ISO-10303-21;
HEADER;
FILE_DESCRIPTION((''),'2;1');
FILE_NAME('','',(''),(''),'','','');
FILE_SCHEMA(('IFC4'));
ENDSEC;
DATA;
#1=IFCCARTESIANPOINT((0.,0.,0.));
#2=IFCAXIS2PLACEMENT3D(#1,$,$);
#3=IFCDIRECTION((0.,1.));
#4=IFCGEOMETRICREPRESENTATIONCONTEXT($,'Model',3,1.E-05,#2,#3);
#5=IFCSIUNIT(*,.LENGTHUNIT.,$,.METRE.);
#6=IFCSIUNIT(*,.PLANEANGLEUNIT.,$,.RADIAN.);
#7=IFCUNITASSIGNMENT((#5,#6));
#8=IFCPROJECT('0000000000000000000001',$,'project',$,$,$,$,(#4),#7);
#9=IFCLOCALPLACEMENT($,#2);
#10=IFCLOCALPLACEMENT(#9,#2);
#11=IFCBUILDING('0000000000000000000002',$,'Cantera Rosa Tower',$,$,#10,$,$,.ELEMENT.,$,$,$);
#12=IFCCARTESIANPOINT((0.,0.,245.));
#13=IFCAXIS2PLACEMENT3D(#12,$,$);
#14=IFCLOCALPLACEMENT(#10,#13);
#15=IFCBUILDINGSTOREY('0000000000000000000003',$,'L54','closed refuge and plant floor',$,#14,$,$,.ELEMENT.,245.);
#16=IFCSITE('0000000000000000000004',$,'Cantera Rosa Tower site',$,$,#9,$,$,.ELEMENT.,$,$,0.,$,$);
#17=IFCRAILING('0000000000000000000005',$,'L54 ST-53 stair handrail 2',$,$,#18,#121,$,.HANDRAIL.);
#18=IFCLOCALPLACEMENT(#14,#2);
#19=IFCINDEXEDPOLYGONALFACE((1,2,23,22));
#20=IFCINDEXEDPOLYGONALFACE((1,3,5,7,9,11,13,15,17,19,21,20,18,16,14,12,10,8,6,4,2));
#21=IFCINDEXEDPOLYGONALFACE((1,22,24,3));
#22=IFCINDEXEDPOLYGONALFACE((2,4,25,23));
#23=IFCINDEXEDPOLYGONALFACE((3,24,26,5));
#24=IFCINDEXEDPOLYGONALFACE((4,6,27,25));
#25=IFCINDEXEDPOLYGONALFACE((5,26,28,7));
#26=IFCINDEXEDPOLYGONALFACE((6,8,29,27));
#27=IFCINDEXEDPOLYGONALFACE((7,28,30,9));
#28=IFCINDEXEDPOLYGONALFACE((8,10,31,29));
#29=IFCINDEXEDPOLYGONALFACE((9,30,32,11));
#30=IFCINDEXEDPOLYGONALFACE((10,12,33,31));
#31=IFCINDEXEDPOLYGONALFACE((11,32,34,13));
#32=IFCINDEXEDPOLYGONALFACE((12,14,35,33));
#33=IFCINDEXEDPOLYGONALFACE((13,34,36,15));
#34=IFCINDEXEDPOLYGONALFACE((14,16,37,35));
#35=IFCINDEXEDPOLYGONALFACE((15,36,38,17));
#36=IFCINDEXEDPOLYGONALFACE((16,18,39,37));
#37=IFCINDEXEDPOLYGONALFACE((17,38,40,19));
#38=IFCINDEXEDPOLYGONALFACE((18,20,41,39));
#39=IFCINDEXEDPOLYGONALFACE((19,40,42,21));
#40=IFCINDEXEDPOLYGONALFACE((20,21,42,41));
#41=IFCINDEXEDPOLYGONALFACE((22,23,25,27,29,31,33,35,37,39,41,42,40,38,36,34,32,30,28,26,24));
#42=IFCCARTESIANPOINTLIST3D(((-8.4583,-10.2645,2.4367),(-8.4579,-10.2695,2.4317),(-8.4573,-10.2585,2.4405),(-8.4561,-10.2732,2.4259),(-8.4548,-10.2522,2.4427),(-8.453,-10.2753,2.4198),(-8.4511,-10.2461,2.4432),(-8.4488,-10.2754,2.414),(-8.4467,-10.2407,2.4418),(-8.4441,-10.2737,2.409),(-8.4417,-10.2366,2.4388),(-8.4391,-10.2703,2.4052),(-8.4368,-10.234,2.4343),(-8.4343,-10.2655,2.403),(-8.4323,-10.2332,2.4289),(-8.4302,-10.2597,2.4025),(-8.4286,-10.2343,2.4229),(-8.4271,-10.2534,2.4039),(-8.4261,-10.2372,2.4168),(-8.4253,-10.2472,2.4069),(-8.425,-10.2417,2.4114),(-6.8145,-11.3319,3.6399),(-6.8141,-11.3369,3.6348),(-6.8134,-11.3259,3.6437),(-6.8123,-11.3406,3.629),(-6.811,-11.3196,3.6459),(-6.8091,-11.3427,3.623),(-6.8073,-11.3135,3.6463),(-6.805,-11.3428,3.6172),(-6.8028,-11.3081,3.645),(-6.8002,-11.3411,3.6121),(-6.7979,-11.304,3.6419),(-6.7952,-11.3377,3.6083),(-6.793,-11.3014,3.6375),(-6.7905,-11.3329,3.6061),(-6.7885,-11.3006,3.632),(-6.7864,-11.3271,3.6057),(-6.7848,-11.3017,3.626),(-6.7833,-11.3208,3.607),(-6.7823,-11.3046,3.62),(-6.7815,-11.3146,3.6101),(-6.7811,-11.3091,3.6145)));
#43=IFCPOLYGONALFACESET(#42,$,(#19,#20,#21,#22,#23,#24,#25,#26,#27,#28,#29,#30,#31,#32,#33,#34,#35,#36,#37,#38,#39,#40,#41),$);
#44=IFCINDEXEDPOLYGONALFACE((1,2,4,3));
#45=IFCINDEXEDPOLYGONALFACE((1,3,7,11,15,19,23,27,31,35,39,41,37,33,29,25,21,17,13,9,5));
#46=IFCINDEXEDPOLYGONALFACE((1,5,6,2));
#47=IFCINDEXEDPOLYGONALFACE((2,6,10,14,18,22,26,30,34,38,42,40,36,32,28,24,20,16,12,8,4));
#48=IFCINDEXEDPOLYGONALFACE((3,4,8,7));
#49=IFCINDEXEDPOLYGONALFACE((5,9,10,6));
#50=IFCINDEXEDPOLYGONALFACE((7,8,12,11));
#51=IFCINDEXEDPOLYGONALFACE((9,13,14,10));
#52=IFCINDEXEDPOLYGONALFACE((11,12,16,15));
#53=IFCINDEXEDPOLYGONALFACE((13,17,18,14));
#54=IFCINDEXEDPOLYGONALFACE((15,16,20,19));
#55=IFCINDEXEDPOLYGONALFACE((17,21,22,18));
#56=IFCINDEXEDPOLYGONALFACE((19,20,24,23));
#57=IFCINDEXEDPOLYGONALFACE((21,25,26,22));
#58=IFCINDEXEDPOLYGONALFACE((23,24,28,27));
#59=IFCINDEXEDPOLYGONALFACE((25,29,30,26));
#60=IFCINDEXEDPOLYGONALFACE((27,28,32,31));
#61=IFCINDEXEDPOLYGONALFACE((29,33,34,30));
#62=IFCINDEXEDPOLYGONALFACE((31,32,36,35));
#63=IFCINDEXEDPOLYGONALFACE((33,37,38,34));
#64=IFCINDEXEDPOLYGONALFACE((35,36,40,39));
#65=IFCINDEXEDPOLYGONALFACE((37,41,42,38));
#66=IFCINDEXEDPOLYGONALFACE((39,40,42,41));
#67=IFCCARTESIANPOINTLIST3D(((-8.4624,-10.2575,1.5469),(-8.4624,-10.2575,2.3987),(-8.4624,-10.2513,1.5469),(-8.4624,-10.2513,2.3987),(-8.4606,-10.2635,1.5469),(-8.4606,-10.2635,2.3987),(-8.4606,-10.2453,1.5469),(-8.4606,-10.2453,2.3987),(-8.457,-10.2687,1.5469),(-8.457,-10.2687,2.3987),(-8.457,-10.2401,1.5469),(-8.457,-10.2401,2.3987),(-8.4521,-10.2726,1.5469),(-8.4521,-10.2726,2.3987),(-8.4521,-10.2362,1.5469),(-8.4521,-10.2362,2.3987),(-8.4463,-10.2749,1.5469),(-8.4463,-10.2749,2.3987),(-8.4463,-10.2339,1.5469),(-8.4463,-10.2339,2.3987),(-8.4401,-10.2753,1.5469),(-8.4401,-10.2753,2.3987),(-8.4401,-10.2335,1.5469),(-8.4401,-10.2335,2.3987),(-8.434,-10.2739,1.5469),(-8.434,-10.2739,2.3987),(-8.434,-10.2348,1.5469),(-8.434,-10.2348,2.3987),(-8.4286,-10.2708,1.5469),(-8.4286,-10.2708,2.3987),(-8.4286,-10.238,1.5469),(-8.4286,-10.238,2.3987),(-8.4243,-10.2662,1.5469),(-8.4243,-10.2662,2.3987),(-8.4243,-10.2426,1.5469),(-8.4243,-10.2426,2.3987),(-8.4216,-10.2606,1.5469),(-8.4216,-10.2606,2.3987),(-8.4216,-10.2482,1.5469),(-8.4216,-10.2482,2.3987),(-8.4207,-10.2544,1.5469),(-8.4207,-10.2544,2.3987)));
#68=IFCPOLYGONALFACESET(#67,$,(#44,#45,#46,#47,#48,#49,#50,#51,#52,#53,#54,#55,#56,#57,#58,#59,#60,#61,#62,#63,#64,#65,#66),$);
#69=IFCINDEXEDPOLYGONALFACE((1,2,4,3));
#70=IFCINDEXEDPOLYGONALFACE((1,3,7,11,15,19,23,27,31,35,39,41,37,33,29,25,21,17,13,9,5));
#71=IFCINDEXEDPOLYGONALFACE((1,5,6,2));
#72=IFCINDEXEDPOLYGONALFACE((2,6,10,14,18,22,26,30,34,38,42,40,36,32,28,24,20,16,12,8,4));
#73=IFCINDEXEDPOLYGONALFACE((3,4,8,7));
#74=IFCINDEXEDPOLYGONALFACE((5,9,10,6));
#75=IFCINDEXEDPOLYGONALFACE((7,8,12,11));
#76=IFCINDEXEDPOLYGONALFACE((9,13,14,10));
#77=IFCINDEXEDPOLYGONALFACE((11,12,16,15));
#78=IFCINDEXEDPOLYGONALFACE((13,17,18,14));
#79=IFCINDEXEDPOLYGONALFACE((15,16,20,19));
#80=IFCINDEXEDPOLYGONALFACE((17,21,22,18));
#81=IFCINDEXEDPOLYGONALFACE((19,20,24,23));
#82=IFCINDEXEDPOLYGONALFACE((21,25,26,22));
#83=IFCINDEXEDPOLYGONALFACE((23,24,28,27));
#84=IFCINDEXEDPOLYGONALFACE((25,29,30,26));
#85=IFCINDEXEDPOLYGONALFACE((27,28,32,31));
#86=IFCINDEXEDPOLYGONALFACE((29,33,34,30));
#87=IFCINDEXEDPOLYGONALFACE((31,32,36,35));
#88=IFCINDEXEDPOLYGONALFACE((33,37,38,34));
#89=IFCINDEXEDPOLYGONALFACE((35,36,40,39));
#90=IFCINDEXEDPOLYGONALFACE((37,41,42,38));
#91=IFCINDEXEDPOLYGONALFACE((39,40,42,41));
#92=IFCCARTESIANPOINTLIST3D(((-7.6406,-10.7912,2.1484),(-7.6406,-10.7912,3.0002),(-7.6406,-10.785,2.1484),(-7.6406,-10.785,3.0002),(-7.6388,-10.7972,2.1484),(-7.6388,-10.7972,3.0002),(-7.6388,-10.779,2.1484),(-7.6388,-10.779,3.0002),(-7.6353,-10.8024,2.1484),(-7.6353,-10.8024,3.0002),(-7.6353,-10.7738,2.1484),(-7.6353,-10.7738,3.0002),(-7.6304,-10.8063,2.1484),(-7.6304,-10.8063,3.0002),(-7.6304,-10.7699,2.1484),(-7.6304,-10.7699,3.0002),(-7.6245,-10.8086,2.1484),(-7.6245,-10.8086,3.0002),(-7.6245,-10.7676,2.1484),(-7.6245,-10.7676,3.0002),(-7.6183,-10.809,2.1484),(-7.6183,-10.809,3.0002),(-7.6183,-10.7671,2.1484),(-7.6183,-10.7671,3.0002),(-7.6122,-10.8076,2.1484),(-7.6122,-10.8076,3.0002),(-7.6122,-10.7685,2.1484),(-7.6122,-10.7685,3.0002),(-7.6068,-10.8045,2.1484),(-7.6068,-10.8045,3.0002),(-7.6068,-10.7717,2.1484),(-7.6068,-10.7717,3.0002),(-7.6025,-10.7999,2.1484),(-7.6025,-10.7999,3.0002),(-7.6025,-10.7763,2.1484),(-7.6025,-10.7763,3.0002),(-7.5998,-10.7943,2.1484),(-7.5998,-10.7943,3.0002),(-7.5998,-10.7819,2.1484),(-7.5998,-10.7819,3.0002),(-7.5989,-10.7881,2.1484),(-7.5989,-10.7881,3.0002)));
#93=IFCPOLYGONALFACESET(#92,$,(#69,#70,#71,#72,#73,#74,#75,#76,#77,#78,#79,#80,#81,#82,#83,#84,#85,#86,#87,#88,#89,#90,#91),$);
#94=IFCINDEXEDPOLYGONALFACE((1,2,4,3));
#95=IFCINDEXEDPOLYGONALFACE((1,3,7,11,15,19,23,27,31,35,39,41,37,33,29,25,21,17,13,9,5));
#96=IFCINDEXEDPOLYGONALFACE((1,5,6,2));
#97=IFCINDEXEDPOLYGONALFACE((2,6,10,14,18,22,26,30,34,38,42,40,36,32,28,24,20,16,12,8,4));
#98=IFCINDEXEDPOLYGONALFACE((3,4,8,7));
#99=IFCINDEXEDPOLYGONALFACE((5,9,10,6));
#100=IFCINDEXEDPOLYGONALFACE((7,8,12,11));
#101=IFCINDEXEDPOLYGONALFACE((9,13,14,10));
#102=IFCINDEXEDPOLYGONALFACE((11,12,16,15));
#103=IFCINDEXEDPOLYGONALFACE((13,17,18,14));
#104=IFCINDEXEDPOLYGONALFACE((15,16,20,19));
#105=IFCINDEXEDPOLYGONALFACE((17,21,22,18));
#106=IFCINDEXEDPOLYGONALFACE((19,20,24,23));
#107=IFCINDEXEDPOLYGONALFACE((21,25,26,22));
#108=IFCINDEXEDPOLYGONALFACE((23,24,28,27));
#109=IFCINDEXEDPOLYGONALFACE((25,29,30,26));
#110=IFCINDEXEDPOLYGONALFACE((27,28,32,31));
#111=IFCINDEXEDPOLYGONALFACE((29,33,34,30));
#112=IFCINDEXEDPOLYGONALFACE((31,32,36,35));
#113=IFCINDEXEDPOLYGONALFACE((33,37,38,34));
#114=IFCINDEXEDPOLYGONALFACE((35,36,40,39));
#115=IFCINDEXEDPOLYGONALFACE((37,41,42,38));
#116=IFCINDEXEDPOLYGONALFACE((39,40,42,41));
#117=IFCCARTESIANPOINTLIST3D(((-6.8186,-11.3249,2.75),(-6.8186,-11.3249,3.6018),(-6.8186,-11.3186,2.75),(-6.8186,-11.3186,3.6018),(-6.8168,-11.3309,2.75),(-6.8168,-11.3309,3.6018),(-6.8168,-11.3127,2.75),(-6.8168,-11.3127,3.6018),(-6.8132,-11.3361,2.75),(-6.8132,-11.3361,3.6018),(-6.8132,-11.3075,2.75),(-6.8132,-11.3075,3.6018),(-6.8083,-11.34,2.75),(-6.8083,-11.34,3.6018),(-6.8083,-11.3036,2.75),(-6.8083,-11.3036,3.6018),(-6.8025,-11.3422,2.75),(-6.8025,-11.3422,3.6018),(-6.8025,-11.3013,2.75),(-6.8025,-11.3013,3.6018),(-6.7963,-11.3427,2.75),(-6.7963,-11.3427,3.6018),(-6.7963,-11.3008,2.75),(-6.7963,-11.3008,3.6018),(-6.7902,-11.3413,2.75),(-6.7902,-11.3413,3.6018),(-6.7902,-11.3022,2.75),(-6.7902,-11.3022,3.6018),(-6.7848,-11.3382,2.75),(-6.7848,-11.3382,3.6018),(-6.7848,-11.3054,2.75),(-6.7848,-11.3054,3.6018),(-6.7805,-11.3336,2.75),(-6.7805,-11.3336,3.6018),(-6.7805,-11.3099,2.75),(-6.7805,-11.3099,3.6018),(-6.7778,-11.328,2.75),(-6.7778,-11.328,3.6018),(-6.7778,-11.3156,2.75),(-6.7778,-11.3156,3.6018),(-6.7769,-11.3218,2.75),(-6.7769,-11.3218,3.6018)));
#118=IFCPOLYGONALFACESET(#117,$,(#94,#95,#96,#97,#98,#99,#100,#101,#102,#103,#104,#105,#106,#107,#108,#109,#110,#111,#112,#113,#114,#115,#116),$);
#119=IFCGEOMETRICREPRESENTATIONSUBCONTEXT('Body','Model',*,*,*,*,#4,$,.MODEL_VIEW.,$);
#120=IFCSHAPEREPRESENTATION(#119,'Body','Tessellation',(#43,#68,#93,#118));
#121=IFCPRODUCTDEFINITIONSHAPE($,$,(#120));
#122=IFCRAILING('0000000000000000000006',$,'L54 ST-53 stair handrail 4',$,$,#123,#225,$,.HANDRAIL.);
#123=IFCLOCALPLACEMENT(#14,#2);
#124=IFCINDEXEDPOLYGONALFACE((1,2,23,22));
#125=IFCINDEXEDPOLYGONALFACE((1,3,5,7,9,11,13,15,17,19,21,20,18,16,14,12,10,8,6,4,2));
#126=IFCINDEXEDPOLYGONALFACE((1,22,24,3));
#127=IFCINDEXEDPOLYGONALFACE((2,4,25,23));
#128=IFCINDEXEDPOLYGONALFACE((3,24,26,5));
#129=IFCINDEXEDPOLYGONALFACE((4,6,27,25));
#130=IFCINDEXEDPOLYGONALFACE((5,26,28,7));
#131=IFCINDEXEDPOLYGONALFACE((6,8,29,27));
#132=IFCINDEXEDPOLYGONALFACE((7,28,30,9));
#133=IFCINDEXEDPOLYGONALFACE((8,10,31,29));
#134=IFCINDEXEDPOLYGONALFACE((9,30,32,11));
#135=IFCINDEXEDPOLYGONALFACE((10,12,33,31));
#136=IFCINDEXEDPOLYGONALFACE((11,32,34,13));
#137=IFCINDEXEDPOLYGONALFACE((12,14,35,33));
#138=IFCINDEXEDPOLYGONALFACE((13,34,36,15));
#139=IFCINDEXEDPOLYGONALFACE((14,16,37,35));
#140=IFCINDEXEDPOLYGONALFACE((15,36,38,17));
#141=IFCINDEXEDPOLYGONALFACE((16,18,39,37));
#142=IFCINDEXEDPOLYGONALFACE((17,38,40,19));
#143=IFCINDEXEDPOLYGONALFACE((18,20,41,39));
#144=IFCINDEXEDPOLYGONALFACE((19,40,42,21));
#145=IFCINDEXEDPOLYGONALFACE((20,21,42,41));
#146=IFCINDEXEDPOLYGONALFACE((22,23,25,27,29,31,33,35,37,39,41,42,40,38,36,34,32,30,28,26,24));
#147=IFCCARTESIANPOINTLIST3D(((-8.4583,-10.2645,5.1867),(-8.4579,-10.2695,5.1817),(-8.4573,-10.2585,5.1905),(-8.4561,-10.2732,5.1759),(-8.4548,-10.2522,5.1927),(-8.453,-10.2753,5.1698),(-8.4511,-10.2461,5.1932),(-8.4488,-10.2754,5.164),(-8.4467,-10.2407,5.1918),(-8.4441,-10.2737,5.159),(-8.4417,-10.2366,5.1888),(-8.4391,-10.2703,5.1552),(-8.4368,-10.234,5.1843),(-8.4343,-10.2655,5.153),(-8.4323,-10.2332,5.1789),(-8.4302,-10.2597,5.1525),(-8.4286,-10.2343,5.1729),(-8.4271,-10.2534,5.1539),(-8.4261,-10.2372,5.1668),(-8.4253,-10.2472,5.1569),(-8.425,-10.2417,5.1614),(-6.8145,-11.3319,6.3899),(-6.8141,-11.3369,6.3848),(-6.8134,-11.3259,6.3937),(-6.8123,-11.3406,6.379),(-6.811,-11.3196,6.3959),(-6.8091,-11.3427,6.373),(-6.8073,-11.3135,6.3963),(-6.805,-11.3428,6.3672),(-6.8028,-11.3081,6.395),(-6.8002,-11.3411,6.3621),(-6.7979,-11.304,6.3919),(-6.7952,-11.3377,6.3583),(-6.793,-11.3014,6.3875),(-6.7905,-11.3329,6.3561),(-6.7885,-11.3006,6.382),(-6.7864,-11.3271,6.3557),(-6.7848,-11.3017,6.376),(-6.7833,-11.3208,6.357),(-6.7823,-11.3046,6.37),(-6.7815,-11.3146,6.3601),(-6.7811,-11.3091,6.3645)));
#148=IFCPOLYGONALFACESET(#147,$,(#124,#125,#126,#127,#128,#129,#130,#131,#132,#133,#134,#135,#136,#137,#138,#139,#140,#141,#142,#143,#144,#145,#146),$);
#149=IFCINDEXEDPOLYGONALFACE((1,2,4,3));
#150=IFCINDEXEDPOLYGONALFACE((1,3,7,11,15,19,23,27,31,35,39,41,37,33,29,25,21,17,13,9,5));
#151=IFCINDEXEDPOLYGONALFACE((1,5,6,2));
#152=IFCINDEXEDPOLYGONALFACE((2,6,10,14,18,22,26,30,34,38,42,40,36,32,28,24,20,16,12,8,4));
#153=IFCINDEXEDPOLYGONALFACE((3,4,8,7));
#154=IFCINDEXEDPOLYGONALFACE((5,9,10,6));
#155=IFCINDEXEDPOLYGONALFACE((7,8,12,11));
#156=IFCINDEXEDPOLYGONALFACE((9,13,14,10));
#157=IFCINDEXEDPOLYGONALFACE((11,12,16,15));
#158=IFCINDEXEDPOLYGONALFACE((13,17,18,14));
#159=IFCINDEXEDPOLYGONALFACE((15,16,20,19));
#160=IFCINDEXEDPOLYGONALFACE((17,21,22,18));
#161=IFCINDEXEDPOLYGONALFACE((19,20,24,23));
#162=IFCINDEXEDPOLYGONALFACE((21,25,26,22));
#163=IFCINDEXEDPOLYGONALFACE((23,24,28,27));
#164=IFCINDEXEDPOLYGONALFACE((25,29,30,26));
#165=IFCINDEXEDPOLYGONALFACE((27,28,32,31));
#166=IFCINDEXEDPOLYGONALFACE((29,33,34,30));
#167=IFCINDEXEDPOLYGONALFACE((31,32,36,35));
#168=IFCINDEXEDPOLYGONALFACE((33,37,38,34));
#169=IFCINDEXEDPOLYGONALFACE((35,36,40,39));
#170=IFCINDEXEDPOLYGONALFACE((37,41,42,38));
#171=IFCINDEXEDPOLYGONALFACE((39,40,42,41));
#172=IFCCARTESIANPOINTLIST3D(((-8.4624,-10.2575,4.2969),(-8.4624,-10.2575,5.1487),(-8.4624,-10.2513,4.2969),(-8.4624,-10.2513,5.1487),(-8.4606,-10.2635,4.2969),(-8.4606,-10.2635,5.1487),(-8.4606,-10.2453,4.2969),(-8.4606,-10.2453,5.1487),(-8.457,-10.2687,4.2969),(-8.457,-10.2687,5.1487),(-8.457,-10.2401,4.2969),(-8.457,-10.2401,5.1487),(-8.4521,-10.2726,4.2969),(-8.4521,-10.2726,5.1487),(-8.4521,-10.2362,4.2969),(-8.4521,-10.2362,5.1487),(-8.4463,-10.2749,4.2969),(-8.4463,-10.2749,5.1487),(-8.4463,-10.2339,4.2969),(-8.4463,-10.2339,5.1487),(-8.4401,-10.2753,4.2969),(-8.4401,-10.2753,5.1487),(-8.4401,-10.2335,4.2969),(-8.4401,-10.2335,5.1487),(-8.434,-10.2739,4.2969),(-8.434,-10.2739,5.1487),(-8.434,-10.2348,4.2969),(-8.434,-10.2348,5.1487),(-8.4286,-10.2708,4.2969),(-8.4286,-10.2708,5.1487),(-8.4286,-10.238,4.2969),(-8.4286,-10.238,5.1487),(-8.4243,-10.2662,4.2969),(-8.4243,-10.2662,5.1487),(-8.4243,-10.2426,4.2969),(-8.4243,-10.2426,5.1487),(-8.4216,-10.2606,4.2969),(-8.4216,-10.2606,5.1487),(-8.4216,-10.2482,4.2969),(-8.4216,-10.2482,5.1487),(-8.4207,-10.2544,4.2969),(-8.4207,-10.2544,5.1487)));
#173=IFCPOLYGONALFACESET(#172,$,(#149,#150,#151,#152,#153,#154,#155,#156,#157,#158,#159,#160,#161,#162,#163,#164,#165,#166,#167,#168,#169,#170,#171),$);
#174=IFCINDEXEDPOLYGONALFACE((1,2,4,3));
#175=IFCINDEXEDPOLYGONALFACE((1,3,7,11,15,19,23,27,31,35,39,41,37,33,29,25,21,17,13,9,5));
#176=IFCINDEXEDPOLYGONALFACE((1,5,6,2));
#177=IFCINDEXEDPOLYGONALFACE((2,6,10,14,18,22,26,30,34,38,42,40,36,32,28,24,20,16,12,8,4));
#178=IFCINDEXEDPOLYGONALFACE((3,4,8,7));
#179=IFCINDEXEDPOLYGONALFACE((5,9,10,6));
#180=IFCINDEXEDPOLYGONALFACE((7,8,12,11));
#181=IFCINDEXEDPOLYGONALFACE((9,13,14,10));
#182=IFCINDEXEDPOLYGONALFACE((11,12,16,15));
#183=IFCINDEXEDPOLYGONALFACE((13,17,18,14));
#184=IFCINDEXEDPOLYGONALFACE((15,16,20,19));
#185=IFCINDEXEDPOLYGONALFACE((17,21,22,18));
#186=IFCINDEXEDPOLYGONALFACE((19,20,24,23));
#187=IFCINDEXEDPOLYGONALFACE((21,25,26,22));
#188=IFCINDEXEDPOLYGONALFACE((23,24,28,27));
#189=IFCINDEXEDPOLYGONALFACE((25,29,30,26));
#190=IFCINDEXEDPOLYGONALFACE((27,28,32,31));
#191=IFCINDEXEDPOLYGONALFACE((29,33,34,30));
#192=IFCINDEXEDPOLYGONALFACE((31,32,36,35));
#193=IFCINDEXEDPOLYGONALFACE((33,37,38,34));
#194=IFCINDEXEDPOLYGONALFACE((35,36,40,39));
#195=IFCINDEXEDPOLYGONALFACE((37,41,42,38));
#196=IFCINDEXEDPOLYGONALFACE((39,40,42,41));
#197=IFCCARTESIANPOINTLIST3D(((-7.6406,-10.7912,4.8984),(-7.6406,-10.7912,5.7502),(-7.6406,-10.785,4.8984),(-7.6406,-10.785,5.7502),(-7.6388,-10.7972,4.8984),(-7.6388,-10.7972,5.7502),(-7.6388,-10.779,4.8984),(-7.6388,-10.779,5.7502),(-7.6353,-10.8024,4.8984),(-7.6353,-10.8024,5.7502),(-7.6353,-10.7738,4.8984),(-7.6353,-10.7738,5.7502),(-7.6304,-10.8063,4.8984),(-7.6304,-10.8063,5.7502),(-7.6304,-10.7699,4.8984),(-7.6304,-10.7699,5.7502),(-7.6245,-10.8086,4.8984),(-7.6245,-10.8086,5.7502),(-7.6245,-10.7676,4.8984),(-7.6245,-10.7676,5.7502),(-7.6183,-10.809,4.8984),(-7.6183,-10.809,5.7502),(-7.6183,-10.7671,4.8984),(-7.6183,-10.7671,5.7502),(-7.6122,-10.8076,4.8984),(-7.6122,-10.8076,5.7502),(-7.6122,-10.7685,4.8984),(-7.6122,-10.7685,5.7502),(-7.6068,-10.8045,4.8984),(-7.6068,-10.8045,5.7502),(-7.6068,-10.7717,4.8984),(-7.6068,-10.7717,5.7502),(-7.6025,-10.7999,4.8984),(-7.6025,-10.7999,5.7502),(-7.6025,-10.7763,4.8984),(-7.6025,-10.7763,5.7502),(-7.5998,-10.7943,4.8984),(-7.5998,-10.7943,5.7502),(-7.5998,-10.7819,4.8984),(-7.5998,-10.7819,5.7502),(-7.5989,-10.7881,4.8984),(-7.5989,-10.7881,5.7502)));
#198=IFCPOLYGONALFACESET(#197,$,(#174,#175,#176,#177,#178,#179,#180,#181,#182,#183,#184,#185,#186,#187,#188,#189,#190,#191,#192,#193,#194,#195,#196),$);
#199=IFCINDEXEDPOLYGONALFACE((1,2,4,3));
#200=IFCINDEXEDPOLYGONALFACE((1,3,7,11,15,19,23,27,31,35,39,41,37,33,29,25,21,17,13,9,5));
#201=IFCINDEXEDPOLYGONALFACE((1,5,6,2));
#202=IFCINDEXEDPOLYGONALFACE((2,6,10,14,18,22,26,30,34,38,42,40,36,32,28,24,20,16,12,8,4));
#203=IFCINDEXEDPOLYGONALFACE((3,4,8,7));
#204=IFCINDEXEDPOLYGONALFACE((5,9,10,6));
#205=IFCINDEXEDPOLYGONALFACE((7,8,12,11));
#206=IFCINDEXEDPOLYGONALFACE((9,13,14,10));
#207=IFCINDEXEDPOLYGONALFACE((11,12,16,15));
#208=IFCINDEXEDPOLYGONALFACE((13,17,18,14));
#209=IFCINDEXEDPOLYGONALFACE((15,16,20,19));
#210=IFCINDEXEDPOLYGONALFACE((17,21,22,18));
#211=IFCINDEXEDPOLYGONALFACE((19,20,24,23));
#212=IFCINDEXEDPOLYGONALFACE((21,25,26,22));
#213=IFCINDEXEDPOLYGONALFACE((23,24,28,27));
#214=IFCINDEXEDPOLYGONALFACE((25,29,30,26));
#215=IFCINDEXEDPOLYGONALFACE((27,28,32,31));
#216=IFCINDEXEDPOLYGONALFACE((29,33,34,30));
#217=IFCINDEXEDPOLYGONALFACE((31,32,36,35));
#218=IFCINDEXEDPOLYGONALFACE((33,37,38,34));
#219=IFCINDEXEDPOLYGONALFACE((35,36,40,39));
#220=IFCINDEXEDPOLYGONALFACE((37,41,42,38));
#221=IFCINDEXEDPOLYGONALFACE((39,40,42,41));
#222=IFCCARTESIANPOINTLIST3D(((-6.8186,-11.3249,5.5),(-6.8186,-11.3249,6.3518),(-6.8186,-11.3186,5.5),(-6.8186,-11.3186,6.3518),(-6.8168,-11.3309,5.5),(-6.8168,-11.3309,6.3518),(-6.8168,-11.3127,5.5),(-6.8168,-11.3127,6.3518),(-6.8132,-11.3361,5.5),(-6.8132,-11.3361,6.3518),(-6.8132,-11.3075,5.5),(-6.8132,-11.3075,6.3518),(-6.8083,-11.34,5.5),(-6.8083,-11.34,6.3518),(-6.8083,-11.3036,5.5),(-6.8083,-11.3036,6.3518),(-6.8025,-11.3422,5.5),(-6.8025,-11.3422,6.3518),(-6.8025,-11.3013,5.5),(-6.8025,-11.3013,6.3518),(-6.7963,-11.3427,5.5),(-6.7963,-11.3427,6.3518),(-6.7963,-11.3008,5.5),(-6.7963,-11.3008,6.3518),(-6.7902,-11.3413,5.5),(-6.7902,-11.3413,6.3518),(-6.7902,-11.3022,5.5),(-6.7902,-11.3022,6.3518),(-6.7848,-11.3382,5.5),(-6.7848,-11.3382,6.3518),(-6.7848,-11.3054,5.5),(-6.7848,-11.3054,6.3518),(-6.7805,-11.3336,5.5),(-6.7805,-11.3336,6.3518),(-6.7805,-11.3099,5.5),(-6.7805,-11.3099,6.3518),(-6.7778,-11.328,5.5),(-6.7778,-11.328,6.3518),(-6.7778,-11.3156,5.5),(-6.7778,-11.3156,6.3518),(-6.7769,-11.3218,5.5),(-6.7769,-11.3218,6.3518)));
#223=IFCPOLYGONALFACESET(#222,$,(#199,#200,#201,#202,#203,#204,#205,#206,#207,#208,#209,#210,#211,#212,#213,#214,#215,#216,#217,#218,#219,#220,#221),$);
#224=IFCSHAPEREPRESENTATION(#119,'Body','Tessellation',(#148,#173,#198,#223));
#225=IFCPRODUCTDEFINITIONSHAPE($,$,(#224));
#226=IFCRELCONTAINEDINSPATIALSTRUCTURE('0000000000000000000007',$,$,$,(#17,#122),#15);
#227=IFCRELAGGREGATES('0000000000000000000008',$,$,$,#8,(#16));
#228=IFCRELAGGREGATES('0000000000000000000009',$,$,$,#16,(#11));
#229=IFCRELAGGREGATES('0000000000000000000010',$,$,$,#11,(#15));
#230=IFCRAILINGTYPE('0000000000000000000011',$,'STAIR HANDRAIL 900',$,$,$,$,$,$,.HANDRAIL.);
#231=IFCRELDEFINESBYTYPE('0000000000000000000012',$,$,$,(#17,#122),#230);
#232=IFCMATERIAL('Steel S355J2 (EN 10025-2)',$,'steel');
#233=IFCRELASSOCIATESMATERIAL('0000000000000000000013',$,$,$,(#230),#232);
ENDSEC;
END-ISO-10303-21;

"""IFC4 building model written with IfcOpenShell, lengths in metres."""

from ifc_helpers import new_model, si_unit, direction, frame, origin, origin_2d, place, context, subcontext, project, spatial, circle, extrude, material, type_object, element, save


model = new_model("IFC4")

# Units and contexts
model_context = context("Model", 3, precision=1e-05, world=origin(), true_north=direction((0.0, 1.0)))
body_context = subcontext(model_context, "Body", "Model", "MODEL_VIEW")
ifc_project = project(units=[si_unit("LENGTHUNIT", "METRE"), si_unit("PLANEANGLEUNIT", "RADIAN")], contexts=[model_context])

# Site, building, storey
site_placement = place(None, origin())
site = spatial("IfcSite", under=ifc_project, at=site_placement, Name="Cantera Rosa Tower site", CompositionType="ELEMENT", RefElevation=0.0)
building_placement = place(site_placement, origin())
building = spatial("IfcBuilding", under=site, at=building_placement, Name="Cantera Rosa Tower", CompositionType="ELEMENT")
storey_placement = place(building_placement, frame((0.0, 0.0, 245.0)))
storey = spatial("IfcBuildingStorey", under=building, at=storey_placement, Name="L54", Description="closed refuge and plant floor", CompositionType="ELEMENT", Elevation=245.0)

# Railings
ifc_material_1 = material(Name="Steel S355J2 (EN 10025-2)", Category="steel")
railing_type_1 = type_object("IfcRailingType", Name="STAIR HANDRAIL 900", PredefinedType="HANDRAIL", material=ifc_material_1)
for number, where, name in (
    (1, (-8.4417, -10.2544, 1.5469), "L54 ST-53 stair handrail 2"),
    (2, (-8.4417, -10.2544, 4.2969), "L54 ST-53 stair handrail 4"),
):
    element("IfcRailing", number, at=place(storey_placement, frame(where)), inside=storey, type_object=railing_type_1, Name=name, PredefinedType="HANDRAIL", context=body_context, shape_type="SweptSolid", body=[
        extrude(circle(Radius=0.0239, at=origin_2d()), frame((0.0, 0.0, 0.876), z_axis=(0.71477, -0.464128, 0.523153), x_axis=(0.544599, 0.838697, 0.0)), (0.0, 0.0, 1.0), 2.2998),
        extrude(circle(Radius=0.021, at=origin_2d()), origin(), (0.0, 0.0, 1.0), 0.8518),
        extrude(circle(Radius=0.021, at=origin_2d()), frame((0.8218, -0.5337, 0.6016)), (0.0, 0.0, 1.0), 0.8518),
        extrude(circle(Radius=0.021, at=origin_2d()), frame((1.6438, -1.0674, 1.2031)), (0.0, 0.0, 1.0), 0.8518),
    ])

save(model, "model.ifc")
